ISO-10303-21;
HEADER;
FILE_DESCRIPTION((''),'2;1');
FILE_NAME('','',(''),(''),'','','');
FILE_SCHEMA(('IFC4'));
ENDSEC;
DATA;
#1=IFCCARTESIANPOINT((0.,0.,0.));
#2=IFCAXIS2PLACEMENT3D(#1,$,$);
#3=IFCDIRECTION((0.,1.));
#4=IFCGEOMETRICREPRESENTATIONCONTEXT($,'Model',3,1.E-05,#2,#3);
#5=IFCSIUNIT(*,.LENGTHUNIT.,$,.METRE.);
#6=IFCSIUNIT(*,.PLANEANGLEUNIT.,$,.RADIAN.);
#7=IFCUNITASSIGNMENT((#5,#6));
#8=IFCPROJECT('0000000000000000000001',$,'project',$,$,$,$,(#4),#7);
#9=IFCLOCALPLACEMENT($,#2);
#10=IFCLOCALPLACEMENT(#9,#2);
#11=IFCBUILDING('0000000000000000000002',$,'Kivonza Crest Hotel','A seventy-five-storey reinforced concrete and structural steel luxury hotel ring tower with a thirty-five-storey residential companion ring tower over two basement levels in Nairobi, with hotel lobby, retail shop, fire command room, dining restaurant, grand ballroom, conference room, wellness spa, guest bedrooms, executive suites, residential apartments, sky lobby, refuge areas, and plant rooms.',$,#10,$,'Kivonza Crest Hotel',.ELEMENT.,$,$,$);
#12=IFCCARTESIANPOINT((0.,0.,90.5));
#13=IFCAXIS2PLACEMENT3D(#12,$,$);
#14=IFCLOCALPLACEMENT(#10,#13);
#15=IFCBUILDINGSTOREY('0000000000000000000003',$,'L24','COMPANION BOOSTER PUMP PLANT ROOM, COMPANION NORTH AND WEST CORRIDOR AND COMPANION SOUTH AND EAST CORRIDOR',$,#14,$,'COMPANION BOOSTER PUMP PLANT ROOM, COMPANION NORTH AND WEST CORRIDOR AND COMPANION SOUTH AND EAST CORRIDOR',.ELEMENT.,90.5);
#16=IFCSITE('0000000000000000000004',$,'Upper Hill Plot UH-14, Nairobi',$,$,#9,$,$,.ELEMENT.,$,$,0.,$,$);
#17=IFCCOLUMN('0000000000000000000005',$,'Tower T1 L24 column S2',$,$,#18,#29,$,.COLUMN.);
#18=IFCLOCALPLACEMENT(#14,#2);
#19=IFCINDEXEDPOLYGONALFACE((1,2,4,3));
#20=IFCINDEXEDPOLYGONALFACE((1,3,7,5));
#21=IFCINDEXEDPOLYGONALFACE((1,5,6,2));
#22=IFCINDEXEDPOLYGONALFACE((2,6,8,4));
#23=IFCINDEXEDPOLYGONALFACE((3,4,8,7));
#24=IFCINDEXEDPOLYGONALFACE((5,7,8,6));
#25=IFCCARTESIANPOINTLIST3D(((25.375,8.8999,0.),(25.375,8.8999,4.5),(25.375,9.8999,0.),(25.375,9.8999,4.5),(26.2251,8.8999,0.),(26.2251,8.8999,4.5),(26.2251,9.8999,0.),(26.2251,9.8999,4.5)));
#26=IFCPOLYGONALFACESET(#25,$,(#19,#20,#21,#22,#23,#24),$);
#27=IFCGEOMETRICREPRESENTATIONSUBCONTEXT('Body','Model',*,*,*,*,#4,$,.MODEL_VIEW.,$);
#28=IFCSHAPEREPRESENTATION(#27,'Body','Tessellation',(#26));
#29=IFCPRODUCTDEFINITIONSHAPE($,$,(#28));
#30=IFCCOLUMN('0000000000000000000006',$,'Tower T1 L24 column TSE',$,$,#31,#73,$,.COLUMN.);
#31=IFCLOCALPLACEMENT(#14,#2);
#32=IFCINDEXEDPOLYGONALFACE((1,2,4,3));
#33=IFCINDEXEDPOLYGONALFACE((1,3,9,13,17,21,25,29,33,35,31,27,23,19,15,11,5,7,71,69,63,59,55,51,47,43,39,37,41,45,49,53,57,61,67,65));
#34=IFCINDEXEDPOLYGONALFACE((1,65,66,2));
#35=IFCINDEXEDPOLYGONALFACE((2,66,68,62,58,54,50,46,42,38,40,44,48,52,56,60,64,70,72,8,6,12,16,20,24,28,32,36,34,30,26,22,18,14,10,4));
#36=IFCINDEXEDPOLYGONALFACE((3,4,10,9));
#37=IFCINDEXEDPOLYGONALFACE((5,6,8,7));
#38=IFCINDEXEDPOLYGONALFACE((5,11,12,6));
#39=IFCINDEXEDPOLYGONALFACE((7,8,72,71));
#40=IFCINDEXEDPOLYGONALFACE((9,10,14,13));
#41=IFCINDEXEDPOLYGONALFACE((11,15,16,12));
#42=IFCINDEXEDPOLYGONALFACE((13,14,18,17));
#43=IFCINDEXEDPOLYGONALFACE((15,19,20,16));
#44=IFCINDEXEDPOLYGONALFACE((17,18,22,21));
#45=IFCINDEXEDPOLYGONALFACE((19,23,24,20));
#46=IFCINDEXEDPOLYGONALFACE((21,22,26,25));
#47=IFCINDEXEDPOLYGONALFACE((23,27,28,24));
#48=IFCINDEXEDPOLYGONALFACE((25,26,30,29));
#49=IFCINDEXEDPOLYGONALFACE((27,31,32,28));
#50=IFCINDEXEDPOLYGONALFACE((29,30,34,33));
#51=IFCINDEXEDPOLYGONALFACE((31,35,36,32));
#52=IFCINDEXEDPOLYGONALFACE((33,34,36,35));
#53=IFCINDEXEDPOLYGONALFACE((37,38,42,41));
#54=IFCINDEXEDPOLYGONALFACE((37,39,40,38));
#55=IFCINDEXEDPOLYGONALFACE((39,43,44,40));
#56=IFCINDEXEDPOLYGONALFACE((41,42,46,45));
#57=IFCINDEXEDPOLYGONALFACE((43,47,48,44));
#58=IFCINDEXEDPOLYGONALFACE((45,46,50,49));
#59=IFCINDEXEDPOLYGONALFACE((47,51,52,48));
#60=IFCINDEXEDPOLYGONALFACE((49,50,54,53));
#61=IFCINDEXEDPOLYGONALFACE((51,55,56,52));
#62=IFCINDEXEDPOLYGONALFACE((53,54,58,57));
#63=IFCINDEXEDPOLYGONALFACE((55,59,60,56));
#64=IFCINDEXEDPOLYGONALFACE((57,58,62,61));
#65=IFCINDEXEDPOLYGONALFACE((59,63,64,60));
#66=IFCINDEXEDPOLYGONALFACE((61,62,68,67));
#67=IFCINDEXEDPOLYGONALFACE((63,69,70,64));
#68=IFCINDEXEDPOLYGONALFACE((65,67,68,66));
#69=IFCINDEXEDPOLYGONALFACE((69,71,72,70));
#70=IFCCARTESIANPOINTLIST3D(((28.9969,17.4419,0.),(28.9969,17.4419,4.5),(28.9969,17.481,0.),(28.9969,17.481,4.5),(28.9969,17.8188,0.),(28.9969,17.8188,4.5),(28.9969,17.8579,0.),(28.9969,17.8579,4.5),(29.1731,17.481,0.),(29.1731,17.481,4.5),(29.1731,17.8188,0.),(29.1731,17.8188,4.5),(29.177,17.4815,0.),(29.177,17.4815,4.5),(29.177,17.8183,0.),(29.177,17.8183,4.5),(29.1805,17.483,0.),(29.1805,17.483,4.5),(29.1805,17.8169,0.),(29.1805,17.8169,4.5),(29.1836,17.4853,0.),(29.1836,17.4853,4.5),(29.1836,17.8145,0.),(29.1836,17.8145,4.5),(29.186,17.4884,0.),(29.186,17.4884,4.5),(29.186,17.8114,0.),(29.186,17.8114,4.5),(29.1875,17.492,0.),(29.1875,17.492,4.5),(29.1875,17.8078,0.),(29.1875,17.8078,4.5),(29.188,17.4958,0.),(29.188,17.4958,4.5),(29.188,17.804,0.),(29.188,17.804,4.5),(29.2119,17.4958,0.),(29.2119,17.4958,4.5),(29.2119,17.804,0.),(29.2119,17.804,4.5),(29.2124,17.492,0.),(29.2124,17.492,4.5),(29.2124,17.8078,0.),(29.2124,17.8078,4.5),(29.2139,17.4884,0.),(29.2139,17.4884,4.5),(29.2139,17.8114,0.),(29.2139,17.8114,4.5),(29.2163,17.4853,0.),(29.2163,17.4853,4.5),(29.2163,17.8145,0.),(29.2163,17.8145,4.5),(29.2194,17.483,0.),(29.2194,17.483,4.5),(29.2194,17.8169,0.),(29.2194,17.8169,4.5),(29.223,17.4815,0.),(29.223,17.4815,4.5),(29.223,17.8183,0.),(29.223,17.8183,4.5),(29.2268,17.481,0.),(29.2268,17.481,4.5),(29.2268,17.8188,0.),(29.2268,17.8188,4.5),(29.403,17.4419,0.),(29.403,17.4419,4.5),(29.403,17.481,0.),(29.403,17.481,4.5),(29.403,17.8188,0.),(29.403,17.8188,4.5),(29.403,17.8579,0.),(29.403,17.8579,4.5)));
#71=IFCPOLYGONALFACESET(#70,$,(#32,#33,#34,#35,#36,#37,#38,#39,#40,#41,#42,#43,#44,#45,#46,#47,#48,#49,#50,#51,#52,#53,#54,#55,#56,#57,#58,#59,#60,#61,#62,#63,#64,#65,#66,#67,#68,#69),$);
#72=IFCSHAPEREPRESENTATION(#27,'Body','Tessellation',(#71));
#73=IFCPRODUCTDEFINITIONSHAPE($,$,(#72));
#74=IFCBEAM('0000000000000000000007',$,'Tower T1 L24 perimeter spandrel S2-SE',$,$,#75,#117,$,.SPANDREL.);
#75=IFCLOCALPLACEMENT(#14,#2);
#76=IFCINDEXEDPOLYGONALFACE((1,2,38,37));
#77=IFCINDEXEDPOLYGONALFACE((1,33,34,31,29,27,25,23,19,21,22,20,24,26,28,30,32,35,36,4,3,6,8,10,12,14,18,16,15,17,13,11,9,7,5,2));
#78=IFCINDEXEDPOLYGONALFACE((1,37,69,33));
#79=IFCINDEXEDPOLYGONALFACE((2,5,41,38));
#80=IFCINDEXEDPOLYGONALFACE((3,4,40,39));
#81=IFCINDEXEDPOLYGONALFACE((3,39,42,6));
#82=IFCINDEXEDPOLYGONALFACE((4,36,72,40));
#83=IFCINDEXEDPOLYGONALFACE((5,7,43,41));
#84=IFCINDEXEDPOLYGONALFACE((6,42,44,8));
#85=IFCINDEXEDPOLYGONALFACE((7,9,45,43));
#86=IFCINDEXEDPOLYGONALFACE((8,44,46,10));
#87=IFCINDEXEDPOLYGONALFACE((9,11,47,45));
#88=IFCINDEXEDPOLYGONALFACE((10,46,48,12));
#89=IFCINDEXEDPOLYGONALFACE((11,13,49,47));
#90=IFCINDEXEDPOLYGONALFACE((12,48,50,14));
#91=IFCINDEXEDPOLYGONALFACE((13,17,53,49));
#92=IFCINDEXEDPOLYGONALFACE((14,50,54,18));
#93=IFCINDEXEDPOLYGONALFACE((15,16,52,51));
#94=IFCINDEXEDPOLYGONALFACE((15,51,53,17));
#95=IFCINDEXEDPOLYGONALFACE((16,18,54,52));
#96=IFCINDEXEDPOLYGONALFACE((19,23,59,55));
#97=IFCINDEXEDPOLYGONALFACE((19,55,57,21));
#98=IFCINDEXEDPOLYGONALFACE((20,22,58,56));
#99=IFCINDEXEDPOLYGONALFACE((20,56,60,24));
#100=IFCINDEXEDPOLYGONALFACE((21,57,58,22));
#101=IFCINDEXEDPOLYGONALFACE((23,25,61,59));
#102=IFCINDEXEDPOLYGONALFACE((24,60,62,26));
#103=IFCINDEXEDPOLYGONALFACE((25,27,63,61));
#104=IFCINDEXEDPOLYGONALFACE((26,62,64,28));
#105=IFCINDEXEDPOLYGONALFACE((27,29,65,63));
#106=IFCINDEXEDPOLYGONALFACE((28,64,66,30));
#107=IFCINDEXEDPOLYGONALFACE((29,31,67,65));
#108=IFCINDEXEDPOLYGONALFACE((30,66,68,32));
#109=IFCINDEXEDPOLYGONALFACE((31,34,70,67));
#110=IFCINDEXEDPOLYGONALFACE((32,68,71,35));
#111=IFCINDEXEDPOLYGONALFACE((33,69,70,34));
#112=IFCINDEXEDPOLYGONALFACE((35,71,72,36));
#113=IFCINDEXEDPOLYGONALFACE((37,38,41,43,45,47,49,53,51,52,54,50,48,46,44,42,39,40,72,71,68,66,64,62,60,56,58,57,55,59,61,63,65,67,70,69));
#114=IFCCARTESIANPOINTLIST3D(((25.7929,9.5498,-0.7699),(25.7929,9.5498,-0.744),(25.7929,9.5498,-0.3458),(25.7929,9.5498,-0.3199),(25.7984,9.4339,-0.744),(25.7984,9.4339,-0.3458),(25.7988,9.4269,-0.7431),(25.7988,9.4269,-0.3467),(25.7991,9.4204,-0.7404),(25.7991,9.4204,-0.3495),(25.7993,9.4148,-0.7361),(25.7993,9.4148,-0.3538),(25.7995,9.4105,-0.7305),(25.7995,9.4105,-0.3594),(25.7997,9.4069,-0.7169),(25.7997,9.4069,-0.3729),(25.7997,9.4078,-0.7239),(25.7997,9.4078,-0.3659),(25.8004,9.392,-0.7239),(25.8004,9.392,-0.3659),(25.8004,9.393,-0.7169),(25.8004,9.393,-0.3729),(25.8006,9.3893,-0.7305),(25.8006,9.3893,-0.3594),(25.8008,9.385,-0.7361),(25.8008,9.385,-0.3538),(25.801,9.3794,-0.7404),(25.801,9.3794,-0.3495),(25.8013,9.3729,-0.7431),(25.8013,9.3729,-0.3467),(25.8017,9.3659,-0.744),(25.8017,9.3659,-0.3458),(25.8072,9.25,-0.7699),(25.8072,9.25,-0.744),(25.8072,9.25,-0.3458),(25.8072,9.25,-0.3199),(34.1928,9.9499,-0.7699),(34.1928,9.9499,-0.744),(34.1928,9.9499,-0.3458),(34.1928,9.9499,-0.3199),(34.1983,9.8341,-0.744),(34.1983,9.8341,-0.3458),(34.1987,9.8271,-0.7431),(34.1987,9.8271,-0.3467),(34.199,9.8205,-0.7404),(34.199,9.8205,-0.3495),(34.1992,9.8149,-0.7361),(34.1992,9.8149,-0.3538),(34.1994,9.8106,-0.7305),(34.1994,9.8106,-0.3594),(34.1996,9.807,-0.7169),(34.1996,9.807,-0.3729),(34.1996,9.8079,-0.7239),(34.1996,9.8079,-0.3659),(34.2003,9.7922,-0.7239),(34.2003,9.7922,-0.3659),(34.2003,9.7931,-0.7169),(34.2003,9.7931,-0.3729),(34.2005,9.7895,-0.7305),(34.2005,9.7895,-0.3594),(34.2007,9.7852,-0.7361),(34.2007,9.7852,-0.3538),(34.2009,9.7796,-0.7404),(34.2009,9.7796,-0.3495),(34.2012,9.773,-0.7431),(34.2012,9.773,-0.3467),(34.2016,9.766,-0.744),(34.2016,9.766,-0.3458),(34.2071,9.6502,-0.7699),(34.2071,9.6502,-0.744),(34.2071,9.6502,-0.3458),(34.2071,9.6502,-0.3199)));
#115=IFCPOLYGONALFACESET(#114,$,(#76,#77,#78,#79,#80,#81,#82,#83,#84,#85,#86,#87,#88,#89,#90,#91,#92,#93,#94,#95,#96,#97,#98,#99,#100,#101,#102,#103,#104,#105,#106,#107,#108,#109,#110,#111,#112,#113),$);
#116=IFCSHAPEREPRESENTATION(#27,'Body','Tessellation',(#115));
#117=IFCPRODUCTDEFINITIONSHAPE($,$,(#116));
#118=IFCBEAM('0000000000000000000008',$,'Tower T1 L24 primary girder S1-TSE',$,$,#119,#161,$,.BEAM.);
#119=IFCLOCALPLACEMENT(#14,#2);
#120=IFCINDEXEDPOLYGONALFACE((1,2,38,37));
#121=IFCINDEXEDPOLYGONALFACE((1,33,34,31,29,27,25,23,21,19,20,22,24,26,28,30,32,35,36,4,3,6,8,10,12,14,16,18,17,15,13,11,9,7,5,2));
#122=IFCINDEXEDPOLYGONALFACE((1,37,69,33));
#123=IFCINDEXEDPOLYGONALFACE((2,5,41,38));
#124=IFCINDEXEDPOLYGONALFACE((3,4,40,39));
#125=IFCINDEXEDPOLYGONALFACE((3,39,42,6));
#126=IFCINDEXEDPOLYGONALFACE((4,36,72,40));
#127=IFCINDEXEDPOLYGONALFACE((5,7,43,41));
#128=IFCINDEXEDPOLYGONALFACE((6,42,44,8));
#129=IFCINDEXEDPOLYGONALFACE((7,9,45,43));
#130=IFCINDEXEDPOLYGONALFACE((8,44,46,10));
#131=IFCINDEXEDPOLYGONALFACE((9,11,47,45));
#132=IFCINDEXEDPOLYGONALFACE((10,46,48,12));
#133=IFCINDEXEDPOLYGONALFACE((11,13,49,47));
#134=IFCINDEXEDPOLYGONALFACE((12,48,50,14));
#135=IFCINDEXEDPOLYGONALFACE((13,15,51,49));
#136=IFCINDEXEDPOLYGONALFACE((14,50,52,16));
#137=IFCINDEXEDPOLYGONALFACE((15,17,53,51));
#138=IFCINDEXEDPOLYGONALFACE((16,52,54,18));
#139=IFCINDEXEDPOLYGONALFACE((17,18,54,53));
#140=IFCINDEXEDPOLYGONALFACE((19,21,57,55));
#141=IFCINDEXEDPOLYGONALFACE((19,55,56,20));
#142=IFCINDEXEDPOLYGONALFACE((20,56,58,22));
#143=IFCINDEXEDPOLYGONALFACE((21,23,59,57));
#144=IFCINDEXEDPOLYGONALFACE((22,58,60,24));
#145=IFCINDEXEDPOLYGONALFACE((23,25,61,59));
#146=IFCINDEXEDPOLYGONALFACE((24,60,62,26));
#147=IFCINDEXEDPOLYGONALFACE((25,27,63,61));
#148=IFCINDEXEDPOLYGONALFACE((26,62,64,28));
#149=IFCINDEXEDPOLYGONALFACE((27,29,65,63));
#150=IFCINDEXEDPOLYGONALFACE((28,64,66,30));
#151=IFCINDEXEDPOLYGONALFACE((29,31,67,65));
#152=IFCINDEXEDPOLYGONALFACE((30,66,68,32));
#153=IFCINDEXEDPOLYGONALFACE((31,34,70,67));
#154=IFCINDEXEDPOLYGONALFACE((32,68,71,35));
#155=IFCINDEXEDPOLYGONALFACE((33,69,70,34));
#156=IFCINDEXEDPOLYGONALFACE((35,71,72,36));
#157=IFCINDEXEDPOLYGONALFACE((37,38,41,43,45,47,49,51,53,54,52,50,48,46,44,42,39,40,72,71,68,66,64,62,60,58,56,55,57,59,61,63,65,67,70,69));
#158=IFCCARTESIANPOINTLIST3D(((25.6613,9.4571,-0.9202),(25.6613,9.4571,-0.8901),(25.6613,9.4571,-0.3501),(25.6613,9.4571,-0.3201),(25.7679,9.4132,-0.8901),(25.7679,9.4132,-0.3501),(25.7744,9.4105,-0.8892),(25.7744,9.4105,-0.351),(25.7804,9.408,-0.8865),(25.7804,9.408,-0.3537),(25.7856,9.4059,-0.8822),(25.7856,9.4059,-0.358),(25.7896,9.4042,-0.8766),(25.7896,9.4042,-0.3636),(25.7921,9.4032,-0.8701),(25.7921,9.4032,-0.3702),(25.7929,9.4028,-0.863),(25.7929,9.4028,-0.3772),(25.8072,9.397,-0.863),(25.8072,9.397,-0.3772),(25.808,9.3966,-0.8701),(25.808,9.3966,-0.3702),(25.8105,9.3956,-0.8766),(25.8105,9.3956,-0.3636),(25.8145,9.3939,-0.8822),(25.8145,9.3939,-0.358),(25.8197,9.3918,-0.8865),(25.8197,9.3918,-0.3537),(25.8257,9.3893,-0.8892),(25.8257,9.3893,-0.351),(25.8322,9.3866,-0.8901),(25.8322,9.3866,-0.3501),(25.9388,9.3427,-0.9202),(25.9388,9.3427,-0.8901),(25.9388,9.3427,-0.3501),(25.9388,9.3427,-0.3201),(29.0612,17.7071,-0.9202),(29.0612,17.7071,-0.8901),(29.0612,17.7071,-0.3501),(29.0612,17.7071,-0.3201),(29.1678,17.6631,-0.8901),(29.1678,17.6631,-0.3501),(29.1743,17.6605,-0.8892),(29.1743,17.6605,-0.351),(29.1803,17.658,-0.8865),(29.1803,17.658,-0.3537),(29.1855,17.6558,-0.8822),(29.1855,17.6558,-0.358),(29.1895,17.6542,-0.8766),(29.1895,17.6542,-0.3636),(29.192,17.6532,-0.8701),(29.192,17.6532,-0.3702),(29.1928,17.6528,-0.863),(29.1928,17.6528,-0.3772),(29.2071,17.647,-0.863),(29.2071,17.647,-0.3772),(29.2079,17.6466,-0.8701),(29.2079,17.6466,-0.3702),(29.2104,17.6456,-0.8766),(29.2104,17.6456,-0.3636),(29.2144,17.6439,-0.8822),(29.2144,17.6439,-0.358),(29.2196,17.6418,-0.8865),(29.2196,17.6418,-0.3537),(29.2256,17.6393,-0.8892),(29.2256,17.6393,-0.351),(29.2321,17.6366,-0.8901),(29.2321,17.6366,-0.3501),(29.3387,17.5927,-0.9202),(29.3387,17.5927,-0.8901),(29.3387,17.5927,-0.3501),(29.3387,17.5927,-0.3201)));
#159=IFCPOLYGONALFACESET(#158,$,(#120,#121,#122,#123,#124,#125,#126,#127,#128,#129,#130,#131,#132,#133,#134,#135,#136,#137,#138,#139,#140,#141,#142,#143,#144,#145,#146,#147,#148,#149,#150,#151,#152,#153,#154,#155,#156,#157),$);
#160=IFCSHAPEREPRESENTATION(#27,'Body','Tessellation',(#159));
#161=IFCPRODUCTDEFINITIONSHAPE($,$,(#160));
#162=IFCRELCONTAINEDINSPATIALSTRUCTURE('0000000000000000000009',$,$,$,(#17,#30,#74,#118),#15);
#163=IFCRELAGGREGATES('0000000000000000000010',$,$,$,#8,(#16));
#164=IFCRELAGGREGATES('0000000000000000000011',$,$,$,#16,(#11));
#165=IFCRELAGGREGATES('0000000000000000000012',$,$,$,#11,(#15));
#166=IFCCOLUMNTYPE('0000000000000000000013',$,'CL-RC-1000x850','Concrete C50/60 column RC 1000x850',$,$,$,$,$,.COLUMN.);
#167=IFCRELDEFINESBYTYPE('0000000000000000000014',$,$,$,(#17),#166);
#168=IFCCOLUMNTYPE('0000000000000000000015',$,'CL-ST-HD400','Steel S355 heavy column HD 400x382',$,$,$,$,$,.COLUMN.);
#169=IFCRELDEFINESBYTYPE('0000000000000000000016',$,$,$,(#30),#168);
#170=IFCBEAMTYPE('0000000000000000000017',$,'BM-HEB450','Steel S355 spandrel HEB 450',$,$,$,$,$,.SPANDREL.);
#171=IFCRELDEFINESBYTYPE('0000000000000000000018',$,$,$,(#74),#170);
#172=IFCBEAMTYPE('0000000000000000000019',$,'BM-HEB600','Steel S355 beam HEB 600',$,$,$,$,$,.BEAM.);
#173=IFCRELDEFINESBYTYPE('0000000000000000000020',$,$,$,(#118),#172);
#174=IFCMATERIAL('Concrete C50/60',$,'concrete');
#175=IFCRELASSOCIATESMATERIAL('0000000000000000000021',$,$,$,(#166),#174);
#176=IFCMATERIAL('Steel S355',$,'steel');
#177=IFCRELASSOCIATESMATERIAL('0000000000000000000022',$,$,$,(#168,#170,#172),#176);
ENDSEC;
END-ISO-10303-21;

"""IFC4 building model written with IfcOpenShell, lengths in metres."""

from ifc_helpers import new_model, si_unit, direction, frame, origin, origin_2d, place, context, subcontext, project, spatial, rectangle, i_section, extrude, material, material_profile, profile_set, type_object, element, save


model = new_model("IFC4")

# Units and contexts
model_context = context("Model", 3, precision=1e-05, world=origin(), true_north=direction((0.0, 1.0)))
body_context = subcontext(model_context, "Body", "Model", "MODEL_VIEW")
ifc_project = project(units=[si_unit("LENGTHUNIT", "METRE"), si_unit("PLANEANGLEUNIT", "RADIAN")], contexts=[model_context])

# Site, building, storey
site_placement = place(None, origin())
site = spatial("IfcSite", under=ifc_project, at=site_placement, Name="Upper Hill Plot UH-14, Nairobi", CompositionType="ELEMENT", RefElevation=0.0)
building_placement = place(site_placement, origin())
building = spatial("IfcBuilding", under=site, at=building_placement, Name="Kivonza Crest Hotel", Description="A seventy-five-storey reinforced concrete and structural steel luxury hotel ring tower with a thirty-five-storey residential companion ring tower over two basement levels in Nairobi, with hotel lobby, retail shop, fire command room, dining restaurant, grand ballroom, conference room, wellness spa, guest bedrooms, executive suites, residential apartments, sky lobby, refuge areas, and plant rooms.", LongName="Kivonza Crest Hotel", CompositionType="ELEMENT")
storey_placement = place(building_placement, frame((0.0, 0.0, 90.5)))
storey = spatial("IfcBuildingStorey", under=building, at=storey_placement, Name="L24", Description="COMPANION BOOSTER PUMP PLANT ROOM, COMPANION NORTH AND WEST CORRIDOR AND COMPANION SOUTH AND EAST CORRIDOR", LongName="COMPANION BOOSTER PUMP PLANT ROOM, COMPANION NORTH AND WEST CORRIDOR AND COMPANION SOUTH AND EAST CORRIDOR", CompositionType="ELEMENT", Elevation=90.5)

# Columns
ifc_material_1 = material(Name="Concrete C50/60", Category="concrete")
ifc_material_profile_1 = material_profile(ifc_material_1, rectangle(XDim=0.8501, YDim=1.0, at=origin_2d()), Name="RC 1000x850")
ifc_profile_set_1 = profile_set([ifc_material_profile_1], Name="Concrete C50/60")
column_type_1 = type_object("IfcColumnType", Name="CL-RC-1000x850", Description="Concrete C50/60 column RC 1000x850", PredefinedType="COLUMN", material=ifc_profile_set_1)
column_1_placement = place(storey_placement, frame((25.8, 9.3999, 0.0), z_axis=(0.0, 0.0, 1.0), x_axis=(1.0, 0.0, 0.0)))
element("IfcColumn", 1, at=column_1_placement, inside=storey, type_object=column_type_1, Name="Tower T1 L24 column S2", PredefinedType="COLUMN", context=body_context, shape_type="SweptSolid", body=[
    extrude(rectangle(XDim=0.8501, YDim=1.0, at=origin_2d()), origin(), (0.0, 0.0, 1.0), 4.5),
])
ifc_material_2 = material(Name="Steel S355", Category="steel")
ifc_material_profile_2 = material_profile(ifc_material_2, i_section(OverallWidth=0.406, OverallDepth=0.416, WebThickness=0.0239, FlangeThickness=0.0391, FilletRadius=0.0149, at=origin_2d()), Name="HD 400x382")
ifc_profile_set_2 = profile_set([ifc_material_profile_2], Name="Steel S355")
column_type_2 = type_object("IfcColumnType", Name="CL-ST-HD400", Description="Steel S355 heavy column HD 400x382", PredefinedType="COLUMN", material=ifc_profile_set_2)
column_2_placement = place(storey_placement, frame((29.2, 17.6499, 0.0), z_axis=(0.0, 0.0, 1.0), x_axis=(1.0, 0.0, 0.0)))
element("IfcColumn", 2, at=column_2_placement, inside=storey, type_object=column_type_2, Name="Tower T1 L24 column TSE", PredefinedType="COLUMN", context=body_context, shape_type="SweptSolid", body=[
    extrude(i_section(OverallWidth=0.406, OverallDepth=0.416, WebThickness=0.0239, FlangeThickness=0.0391, FilletRadius=0.0149, at=origin_2d()), origin(), (0.0, 0.0, 1.0), 4.5),
])

# Beams
ifc_material_profile_3 = material_profile(ifc_material_2, i_section(OverallWidth=0.3, OverallDepth=0.45, WebThickness=0.0139, FlangeThickness=0.0259, FilletRadius=0.0271, at=origin_2d()), Name="HEB 450")
ifc_profile_set_3 = profile_set([ifc_material_profile_3], Name="Steel S355")
beam_type_1 = type_object("IfcBeamType", Name="BM-HEB450", Description="Steel S355 spandrel HEB 450", PredefinedType="SPANDREL", material=ifc_profile_set_3)
beam_1_placement = place(storey_placement, frame((25.8, 9.3999, -0.5449), z_axis=(0.998867, 0.047583, 0.0), x_axis=(-0.047583, 0.998867, 0.0)))
element("IfcBeam", 3, at=beam_1_placement, inside=storey, type_object=beam_type_1, Name="Tower T1 L24 perimeter spandrel S2-SE", PredefinedType="SPANDREL", context=body_context, shape_type="SweptSolid", body=[
    extrude(i_section(OverallWidth=0.3, OverallDepth=0.45, WebThickness=0.0139, FlangeThickness=0.0259, FilletRadius=0.0271, at=origin_2d()), origin(), (0.0, 0.0, 1.0), 8.4094),
])
ifc_material_profile_4 = material_profile(ifc_material_2, i_section(OverallWidth=0.3, OverallDepth=0.6001, WebThickness=0.0154, FlangeThickness=0.03, FilletRadius=0.0271, at=origin_2d()), Name="HEB 600")
ifc_profile_set_4 = profile_set([ifc_material_profile_4], Name="Steel S355")
beam_type_2 = type_object("IfcBeamType", Name="BM-HEB600", Description="Steel S355 beam HEB 600", PredefinedType="BEAM", material=ifc_profile_set_4)
beam_2_placement = place(storey_placement, frame((25.8, 9.3999, -0.6201), z_axis=(0.381022, 0.924566, 0.0), x_axis=(-0.924566, 0.381022, 0.0)))
element("IfcBeam", 4, at=beam_2_placement, inside=storey, type_object=beam_type_2, Name="Tower T1 L24 primary girder S1-TSE", PredefinedType="BEAM", context=body_context, shape_type="SweptSolid", body=[
    extrude(i_section(OverallWidth=0.3, OverallDepth=0.6001, WebThickness=0.0154, FlangeThickness=0.03, FilletRadius=0.0271, at=origin_2d()), origin(), (0.0, 0.0, 1.0), 8.9231),
])

save(model, "model.ifc")
